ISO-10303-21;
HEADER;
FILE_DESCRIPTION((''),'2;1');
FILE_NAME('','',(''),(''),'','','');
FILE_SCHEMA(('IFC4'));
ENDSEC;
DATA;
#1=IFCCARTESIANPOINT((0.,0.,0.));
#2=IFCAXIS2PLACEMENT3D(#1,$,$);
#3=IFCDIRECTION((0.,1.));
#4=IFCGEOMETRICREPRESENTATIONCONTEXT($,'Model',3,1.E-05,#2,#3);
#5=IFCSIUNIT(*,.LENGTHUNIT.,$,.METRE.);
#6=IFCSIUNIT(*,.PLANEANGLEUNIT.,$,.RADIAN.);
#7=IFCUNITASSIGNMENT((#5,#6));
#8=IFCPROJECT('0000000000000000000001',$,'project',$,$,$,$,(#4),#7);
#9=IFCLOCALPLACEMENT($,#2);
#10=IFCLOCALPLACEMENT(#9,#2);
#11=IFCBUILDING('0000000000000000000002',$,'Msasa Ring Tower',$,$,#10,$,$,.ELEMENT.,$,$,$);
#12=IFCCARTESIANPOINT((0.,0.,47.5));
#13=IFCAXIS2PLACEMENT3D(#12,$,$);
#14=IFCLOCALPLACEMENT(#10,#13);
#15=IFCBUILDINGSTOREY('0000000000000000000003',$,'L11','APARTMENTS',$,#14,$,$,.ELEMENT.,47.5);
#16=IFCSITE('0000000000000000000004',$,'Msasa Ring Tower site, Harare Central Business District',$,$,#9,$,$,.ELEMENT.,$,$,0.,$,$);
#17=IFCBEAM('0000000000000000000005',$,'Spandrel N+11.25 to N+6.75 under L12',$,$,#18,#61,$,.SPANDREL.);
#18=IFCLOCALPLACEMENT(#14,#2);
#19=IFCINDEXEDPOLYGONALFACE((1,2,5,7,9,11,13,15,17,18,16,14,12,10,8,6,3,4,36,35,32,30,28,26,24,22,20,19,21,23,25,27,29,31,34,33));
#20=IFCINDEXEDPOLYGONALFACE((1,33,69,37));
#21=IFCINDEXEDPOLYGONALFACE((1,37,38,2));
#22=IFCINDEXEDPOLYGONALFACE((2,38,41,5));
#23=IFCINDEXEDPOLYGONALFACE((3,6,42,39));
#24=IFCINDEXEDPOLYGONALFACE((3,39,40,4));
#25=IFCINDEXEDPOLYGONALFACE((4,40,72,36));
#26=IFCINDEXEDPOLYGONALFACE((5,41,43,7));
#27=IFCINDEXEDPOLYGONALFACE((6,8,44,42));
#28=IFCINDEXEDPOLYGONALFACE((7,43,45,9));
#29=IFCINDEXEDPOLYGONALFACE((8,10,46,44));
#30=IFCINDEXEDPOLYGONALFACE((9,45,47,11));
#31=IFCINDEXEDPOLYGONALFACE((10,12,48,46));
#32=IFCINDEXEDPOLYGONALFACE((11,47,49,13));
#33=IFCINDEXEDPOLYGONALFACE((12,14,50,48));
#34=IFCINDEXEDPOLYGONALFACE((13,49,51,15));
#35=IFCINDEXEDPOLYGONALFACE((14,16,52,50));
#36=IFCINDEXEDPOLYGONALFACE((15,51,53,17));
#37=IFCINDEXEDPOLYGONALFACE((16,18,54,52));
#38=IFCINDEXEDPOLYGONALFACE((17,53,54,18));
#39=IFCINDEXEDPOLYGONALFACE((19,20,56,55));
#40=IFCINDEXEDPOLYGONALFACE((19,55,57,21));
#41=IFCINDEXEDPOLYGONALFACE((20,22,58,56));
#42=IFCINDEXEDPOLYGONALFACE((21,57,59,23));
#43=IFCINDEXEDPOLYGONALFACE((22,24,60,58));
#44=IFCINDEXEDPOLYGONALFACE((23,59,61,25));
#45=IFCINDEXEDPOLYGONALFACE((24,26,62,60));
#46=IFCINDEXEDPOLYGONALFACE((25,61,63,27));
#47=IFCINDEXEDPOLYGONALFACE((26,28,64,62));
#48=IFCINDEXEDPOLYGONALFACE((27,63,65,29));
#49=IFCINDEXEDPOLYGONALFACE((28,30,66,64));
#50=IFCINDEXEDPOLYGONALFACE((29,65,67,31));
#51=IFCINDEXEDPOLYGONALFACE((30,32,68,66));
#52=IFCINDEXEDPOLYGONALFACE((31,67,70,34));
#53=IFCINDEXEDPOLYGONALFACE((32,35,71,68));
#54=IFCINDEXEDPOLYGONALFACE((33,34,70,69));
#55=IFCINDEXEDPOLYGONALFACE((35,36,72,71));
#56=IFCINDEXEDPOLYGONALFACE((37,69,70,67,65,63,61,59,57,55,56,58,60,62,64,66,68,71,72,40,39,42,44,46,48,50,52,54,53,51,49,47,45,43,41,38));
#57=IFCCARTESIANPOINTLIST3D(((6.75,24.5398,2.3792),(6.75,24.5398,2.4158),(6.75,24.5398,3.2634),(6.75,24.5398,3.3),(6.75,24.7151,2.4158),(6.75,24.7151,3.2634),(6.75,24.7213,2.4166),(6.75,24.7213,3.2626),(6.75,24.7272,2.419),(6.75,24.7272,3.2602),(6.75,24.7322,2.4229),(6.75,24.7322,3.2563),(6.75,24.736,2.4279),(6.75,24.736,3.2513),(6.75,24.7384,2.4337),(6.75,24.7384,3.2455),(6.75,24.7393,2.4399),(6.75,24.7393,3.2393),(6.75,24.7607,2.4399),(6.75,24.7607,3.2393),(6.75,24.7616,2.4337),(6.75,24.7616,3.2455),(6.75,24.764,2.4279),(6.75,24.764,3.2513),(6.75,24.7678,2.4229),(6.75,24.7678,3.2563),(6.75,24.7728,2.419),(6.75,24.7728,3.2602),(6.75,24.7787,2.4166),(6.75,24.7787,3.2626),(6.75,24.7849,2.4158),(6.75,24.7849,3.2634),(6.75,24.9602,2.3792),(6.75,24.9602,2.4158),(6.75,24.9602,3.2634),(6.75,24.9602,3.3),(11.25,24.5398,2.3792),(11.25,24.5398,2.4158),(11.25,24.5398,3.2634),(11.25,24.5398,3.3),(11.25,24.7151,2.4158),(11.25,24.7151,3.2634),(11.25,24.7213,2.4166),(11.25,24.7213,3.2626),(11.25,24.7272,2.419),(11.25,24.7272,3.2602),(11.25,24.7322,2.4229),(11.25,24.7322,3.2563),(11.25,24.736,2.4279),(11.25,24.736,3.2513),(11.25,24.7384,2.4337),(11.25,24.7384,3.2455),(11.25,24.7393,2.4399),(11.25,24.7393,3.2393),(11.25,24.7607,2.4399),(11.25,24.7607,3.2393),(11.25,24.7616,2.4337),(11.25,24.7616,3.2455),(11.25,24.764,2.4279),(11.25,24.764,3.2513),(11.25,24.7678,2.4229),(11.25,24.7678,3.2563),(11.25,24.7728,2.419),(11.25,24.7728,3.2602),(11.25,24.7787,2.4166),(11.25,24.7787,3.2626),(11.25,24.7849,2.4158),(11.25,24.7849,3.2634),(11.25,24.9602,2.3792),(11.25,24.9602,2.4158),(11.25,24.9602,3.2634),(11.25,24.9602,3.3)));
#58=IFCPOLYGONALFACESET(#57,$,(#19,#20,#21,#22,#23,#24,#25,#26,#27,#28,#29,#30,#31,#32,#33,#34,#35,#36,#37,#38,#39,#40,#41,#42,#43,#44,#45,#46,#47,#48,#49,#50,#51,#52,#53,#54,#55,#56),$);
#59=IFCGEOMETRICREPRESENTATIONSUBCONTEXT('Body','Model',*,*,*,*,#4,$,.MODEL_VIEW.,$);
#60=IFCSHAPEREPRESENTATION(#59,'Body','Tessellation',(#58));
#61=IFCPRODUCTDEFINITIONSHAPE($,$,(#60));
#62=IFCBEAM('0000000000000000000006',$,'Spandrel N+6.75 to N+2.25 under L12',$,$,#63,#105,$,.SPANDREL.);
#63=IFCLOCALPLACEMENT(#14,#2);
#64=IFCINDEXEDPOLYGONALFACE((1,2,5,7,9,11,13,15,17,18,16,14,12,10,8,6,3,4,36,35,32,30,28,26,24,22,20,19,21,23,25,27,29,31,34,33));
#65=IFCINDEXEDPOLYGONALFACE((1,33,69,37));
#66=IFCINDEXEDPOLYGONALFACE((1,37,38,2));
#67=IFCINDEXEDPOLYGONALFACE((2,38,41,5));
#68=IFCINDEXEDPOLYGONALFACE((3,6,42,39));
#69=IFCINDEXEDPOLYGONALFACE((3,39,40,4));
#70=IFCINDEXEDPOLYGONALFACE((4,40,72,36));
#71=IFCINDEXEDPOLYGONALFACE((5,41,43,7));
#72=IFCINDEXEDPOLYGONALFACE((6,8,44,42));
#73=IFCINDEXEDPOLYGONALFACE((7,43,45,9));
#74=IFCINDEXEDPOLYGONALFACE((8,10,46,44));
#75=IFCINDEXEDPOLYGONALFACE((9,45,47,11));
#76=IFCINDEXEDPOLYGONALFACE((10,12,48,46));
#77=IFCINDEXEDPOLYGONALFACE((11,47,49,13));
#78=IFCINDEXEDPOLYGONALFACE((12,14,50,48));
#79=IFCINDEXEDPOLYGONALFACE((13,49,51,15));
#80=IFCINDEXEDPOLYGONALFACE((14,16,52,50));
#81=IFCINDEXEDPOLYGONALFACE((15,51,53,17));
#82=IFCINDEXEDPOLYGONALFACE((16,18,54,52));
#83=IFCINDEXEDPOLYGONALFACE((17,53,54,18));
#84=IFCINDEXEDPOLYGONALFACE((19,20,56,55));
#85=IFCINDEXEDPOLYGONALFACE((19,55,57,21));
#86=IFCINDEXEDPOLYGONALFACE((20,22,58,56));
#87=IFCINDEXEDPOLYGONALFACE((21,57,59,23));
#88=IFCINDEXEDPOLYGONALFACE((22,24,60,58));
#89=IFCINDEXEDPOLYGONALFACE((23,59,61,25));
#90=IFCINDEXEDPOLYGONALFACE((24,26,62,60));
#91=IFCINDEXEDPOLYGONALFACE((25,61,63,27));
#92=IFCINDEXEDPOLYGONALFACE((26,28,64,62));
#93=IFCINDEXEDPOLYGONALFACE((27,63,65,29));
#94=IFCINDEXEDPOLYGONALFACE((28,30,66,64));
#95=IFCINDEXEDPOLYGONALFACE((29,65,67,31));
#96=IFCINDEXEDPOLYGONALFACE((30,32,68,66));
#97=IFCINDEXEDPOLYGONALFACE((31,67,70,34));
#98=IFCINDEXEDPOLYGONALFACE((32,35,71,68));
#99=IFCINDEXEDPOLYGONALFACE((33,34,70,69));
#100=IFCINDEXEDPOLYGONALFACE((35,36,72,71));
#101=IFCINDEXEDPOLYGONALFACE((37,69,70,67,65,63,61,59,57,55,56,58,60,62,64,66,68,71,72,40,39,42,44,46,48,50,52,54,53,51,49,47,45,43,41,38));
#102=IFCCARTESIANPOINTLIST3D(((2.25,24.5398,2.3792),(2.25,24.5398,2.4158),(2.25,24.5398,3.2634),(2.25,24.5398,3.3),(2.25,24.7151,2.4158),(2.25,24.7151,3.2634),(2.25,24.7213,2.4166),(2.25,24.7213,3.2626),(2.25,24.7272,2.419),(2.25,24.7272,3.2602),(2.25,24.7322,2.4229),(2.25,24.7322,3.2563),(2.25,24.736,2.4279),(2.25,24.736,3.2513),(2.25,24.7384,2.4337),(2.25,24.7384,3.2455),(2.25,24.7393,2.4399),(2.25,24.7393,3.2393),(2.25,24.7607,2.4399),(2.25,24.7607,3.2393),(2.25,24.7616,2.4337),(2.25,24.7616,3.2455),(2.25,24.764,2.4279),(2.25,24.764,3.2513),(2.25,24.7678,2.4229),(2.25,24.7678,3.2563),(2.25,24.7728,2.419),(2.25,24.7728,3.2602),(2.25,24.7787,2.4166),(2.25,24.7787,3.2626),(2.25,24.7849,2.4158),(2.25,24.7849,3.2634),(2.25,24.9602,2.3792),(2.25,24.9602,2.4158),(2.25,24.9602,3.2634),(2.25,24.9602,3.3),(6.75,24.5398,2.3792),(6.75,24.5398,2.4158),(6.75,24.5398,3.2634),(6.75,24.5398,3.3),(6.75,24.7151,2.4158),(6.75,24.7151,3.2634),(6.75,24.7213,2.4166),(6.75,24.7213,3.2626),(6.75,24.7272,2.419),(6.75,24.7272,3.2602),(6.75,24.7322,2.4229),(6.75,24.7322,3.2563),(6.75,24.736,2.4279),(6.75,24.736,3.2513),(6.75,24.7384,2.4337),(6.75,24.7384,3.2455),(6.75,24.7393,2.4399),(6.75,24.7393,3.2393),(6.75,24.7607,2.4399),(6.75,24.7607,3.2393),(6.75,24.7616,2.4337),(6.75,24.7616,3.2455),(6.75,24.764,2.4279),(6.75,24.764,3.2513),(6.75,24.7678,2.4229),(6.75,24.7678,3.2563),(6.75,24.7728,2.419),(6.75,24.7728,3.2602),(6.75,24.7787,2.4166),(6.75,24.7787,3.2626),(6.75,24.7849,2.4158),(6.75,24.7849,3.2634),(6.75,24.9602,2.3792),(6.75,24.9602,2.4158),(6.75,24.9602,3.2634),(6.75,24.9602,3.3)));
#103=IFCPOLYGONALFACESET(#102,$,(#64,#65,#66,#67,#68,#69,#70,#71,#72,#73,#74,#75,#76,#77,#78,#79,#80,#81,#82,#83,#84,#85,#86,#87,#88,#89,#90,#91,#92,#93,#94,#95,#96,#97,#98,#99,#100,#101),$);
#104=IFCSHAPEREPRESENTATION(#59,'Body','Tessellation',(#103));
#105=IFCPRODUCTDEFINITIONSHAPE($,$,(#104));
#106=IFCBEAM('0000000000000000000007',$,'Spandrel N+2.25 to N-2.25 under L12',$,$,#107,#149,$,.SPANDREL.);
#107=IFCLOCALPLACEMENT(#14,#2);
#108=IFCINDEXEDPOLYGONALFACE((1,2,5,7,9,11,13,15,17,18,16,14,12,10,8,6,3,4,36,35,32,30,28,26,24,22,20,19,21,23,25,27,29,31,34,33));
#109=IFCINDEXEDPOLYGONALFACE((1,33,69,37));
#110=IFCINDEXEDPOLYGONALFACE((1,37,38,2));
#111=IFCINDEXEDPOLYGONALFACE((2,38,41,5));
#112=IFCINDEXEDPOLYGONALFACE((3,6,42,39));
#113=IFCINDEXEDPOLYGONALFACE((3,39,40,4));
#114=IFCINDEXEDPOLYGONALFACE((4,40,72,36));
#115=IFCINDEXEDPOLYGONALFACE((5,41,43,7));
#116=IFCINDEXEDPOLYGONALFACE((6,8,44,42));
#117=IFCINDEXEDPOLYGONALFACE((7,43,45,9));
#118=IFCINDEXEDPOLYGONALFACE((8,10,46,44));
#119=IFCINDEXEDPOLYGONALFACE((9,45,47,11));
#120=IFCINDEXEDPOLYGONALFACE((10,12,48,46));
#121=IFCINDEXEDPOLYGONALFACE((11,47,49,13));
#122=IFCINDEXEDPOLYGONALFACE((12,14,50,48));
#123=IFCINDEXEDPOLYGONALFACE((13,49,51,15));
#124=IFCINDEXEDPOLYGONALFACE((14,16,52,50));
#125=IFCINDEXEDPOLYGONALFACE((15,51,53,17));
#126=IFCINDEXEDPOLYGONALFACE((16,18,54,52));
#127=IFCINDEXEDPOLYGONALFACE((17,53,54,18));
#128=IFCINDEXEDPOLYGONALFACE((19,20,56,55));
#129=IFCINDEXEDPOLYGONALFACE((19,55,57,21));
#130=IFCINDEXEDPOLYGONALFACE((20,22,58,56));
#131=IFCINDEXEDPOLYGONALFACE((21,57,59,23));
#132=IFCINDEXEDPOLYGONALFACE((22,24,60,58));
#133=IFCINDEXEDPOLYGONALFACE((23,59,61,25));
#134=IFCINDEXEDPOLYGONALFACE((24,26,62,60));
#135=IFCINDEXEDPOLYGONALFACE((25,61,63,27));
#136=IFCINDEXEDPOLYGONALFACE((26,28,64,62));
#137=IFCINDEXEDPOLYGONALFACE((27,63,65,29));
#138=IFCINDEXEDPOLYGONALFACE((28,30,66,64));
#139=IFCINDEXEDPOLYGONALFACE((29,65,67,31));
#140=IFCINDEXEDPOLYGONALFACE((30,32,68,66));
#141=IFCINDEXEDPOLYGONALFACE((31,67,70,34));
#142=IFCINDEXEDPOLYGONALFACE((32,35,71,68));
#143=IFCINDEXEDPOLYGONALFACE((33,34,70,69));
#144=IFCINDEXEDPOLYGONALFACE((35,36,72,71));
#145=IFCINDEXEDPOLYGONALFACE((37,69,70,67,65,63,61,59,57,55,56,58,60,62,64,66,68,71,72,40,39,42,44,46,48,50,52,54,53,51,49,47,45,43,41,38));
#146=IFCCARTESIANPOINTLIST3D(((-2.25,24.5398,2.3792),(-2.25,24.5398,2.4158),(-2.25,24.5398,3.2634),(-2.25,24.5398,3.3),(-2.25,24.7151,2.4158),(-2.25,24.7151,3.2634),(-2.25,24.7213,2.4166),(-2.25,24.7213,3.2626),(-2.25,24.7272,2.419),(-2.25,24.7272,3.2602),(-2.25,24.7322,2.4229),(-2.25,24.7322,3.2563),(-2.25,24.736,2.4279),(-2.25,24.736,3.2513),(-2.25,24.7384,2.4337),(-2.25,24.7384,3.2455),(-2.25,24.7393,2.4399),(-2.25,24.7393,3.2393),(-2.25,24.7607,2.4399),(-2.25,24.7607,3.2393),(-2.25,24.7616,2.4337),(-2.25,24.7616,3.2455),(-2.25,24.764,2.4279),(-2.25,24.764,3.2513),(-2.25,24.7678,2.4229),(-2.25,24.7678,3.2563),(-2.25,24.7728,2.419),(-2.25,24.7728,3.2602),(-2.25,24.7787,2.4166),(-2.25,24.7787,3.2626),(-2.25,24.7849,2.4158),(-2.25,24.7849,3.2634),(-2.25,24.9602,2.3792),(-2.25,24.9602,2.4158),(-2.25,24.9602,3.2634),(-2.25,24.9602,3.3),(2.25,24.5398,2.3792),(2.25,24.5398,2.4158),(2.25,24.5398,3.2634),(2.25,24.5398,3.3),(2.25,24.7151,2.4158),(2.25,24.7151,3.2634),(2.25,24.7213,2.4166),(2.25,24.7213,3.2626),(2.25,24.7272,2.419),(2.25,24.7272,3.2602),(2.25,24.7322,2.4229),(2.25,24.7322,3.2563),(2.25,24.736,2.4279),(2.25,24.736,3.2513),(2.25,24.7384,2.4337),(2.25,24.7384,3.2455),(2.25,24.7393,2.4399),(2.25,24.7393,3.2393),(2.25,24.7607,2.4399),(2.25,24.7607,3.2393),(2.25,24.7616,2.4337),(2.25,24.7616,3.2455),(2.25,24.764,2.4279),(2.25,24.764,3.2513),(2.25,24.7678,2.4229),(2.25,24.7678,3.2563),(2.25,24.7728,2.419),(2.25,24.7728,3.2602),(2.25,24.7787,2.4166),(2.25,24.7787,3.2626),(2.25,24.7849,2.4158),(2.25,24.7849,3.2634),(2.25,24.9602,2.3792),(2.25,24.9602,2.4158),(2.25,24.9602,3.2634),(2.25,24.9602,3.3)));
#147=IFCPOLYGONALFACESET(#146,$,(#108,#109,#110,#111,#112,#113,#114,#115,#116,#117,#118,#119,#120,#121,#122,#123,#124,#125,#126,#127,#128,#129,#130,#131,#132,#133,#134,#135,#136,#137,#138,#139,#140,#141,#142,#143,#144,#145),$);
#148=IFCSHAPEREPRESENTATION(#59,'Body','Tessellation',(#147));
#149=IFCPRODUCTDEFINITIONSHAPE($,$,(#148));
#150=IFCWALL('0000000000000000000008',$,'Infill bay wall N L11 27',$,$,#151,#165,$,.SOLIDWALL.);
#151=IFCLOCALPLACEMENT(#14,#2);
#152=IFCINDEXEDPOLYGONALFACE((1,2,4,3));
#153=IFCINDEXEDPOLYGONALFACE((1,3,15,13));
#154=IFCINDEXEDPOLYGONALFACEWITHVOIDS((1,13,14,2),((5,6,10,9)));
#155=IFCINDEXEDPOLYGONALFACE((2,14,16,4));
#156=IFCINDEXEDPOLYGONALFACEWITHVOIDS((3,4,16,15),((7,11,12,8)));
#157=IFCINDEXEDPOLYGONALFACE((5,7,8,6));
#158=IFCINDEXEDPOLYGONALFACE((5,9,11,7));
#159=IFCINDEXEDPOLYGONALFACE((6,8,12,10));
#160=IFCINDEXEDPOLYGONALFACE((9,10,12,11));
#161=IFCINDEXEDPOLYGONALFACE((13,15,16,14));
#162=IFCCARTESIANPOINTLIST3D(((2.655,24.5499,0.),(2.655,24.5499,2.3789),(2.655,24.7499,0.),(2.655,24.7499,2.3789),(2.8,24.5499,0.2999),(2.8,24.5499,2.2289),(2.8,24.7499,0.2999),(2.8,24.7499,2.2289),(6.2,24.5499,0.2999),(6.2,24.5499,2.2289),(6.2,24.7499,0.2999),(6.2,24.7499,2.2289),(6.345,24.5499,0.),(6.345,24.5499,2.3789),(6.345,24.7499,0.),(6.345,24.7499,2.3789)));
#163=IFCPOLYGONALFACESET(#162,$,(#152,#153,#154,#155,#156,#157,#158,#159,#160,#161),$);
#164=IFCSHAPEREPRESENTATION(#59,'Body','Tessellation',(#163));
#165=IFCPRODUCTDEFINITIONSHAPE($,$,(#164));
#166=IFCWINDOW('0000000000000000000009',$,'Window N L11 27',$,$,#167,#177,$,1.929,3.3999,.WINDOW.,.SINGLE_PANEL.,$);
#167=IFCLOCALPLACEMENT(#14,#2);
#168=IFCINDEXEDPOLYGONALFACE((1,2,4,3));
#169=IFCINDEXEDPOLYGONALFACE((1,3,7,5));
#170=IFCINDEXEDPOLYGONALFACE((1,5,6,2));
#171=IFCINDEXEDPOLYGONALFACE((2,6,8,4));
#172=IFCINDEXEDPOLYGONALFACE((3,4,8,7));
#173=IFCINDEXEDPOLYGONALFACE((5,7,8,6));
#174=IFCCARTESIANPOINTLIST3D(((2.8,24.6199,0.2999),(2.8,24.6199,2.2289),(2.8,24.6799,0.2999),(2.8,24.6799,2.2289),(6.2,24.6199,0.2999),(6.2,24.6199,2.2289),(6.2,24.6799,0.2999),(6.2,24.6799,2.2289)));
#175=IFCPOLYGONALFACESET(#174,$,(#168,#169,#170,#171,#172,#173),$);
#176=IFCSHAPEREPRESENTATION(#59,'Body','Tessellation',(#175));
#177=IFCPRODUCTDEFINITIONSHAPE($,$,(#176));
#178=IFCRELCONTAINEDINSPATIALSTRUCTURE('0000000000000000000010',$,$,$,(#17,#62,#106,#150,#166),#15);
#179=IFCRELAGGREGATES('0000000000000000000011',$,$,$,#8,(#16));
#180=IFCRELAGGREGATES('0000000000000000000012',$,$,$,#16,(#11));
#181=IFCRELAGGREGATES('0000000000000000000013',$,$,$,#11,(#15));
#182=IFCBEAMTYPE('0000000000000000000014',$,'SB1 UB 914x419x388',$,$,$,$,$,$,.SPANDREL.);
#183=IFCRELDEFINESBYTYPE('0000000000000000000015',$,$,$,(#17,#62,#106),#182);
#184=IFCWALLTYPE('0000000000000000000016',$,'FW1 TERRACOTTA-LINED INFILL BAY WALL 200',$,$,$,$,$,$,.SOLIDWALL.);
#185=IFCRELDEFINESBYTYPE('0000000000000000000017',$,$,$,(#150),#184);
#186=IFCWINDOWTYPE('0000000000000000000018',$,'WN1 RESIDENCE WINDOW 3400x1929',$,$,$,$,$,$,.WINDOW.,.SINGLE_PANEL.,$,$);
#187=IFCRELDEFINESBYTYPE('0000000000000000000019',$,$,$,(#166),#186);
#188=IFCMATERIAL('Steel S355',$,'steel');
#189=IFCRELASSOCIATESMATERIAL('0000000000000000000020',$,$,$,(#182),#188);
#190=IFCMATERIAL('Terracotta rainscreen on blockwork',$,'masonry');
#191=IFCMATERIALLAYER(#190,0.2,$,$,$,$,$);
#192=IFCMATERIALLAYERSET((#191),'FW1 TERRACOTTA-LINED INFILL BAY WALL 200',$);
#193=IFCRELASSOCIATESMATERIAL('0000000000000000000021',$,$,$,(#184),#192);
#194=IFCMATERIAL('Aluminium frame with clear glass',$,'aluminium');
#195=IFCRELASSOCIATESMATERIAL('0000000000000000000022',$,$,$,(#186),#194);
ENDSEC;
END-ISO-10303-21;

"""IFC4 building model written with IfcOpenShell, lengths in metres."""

from ifc_helpers import new_model, si_unit, direction, frame, frame_2d, origin, origin_2d, place, context, subcontext, project, spatial, rectangle, i_section, extrude, material, layer, layer_set, material_profile, profile_set, type_object, element, fill, save


model = new_model("IFC4")

# Units and contexts
model_context = context("Model", 3, precision=1e-05, world=origin(), true_north=direction((0.0, 1.0)))
body_context = subcontext(model_context, "Body", "Model", "MODEL_VIEW")
ifc_project = project(units=[si_unit("LENGTHUNIT", "METRE"), si_unit("PLANEANGLEUNIT", "RADIAN")], contexts=[model_context])

# Site, building, storey
site_placement = place(None, origin())
site = spatial("IfcSite", under=ifc_project, at=site_placement, Name="Msasa Ring Tower site, Harare Central Business District", CompositionType="ELEMENT", RefElevation=0.0)
building_placement = place(site_placement, origin())
building = spatial("IfcBuilding", under=site, at=building_placement, Name="Msasa Ring Tower", CompositionType="ELEMENT")
storey_placement = place(building_placement, frame((0.0, 0.0, 47.5)))
storey = spatial("IfcBuildingStorey", under=building, at=storey_placement, Name="L11", Description="APARTMENTS", CompositionType="ELEMENT", Elevation=47.5)

# Beams
ifc_material_1 = material(Name="Steel S355", Category="steel")
ifc_material_profile_1 = material_profile(ifc_material_1, i_section(OverallWidth=0.4204, OverallDepth=0.9209, WebThickness=0.0215, FlangeThickness=0.0366, FilletRadius=0.0242, at=origin_2d()), Name="UB 914x419x388")
ifc_profile_set_1 = profile_set([ifc_material_profile_1], Name="Steel S355")
beam_type_1 = type_object("IfcBeamType", Name="SB1 UB 914x419x388", PredefinedType="SPANDREL", material=ifc_profile_set_1)
for number, where, z_axis, x_axis, name in (
    (1, (11.25, 24.75, 2.8396), (-1.0, 0.0, 0.0), (0.0, -1.0, 0.0), "Spandrel N+11.25 to N+6.75 under L12"),
    (2, (6.75, 24.75, 2.8396), (-1.0, 0.0, 0.0), (0.0, -1.0, 0.0), "Spandrel N+6.75 to N+2.25 under L12"),
    (3, (2.25, 24.75, 2.8396), (-1.0, 0.0, 0.0), (0.0, -1.0, 0.0), "Spandrel N+2.25 to N-2.25 under L12"),
):
    element("IfcBeam", number, at=place(storey_placement, frame(where, z_axis=z_axis, x_axis=x_axis)), inside=storey, type_object=beam_type_1, Name=name, PredefinedType="SPANDREL", context=body_context, shape_type="SweptSolid", body=[
        extrude(i_section(OverallWidth=0.4204, OverallDepth=0.9209, WebThickness=0.0215, FlangeThickness=0.0366, FilletRadius=0.0242, at=origin_2d()), origin(), (0.0, 0.0, 1.0), 4.5),
    ])

# Wall, opening, window
ifc_material_2 = material(Name="Terracotta rainscreen on blockwork", Category="masonry")
ifc_layer_1 = layer(ifc_material_2, 0.2)
ifc_layer_set_1 = layer_set([ifc_layer_1], Name="FW1 TERRACOTTA-LINED INFILL BAY WALL 200")
wall_type_1 = type_object("IfcWallType", Name="FW1 TERRACOTTA-LINED INFILL BAY WALL 200", PredefinedType="SOLIDWALL", material=ifc_layer_set_1)
wall_1_placement = place(storey_placement, frame((2.655, 24.6499, 0.0), z_axis=(0.0, 0.0, 1.0), x_axis=(1.0, 0.0, 0.0)))
wall_1 = element("IfcWall", 4, at=wall_1_placement, inside=storey, type_object=wall_type_1, Name="Infill bay wall N L11 27", PredefinedType="SOLIDWALL", context=body_context, shape_type="SweptSolid", body=[
    extrude(rectangle(XDim=3.6899, YDim=0.2, at=frame_2d((1.845, 0.0))), origin(), (0.0, 0.0, 1.0), 2.3789),
])
opening_1_placement = place(wall_1_placement, frame((0.145, 0.0, 0.3)))
opening_1 = element("IfcOpeningElement", 5, at=opening_1_placement, cuts=wall_1, PredefinedType="OPENING", context=body_context, shape_type="SweptSolid", body=[
    extrude(rectangle(XDim=3.3999, YDim=1.929, at=frame_2d((1.7, 0.9644))), frame((0.0, 0.1099, 0.0), z_axis=(0.0, -1.0, 0.0), x_axis=(1.0, 0.0, 0.0)), (0.0, 0.0, 1.0), 0.22),
])
ifc_material_3 = material(Name="Aluminium frame with clear glass", Category="aluminium")
window_type = type_object("IfcWindowType", Name="WN1 RESIDENCE WINDOW 3400x1929", PartitioningType="SINGLE_PANEL", PredefinedType="WINDOW", material=ifc_material_3)
window_1_placement = place(opening_1_placement, origin())
window_1 = element("IfcWindow", 6, at=window_1_placement, inside=storey, type_object=window_type, Name="Window N L11 27", OverallHeight=1.929, OverallWidth=3.3999, PartitioningType="SINGLE_PANEL", PredefinedType="WINDOW", context=body_context, shape_type="SweptSolid", body=[
    extrude(rectangle(XDim=3.3999, YDim=1.929, at=frame_2d((1.7, 0.9644))), frame((0.0, 0.03, 0.0), z_axis=(0.0, -1.0, 0.0), x_axis=(1.0, 0.0, 0.0)), (0.0, 0.0, 1.0), 0.0601),
])
fill(opening_1, window_1)

save(model, "model.ifc")
